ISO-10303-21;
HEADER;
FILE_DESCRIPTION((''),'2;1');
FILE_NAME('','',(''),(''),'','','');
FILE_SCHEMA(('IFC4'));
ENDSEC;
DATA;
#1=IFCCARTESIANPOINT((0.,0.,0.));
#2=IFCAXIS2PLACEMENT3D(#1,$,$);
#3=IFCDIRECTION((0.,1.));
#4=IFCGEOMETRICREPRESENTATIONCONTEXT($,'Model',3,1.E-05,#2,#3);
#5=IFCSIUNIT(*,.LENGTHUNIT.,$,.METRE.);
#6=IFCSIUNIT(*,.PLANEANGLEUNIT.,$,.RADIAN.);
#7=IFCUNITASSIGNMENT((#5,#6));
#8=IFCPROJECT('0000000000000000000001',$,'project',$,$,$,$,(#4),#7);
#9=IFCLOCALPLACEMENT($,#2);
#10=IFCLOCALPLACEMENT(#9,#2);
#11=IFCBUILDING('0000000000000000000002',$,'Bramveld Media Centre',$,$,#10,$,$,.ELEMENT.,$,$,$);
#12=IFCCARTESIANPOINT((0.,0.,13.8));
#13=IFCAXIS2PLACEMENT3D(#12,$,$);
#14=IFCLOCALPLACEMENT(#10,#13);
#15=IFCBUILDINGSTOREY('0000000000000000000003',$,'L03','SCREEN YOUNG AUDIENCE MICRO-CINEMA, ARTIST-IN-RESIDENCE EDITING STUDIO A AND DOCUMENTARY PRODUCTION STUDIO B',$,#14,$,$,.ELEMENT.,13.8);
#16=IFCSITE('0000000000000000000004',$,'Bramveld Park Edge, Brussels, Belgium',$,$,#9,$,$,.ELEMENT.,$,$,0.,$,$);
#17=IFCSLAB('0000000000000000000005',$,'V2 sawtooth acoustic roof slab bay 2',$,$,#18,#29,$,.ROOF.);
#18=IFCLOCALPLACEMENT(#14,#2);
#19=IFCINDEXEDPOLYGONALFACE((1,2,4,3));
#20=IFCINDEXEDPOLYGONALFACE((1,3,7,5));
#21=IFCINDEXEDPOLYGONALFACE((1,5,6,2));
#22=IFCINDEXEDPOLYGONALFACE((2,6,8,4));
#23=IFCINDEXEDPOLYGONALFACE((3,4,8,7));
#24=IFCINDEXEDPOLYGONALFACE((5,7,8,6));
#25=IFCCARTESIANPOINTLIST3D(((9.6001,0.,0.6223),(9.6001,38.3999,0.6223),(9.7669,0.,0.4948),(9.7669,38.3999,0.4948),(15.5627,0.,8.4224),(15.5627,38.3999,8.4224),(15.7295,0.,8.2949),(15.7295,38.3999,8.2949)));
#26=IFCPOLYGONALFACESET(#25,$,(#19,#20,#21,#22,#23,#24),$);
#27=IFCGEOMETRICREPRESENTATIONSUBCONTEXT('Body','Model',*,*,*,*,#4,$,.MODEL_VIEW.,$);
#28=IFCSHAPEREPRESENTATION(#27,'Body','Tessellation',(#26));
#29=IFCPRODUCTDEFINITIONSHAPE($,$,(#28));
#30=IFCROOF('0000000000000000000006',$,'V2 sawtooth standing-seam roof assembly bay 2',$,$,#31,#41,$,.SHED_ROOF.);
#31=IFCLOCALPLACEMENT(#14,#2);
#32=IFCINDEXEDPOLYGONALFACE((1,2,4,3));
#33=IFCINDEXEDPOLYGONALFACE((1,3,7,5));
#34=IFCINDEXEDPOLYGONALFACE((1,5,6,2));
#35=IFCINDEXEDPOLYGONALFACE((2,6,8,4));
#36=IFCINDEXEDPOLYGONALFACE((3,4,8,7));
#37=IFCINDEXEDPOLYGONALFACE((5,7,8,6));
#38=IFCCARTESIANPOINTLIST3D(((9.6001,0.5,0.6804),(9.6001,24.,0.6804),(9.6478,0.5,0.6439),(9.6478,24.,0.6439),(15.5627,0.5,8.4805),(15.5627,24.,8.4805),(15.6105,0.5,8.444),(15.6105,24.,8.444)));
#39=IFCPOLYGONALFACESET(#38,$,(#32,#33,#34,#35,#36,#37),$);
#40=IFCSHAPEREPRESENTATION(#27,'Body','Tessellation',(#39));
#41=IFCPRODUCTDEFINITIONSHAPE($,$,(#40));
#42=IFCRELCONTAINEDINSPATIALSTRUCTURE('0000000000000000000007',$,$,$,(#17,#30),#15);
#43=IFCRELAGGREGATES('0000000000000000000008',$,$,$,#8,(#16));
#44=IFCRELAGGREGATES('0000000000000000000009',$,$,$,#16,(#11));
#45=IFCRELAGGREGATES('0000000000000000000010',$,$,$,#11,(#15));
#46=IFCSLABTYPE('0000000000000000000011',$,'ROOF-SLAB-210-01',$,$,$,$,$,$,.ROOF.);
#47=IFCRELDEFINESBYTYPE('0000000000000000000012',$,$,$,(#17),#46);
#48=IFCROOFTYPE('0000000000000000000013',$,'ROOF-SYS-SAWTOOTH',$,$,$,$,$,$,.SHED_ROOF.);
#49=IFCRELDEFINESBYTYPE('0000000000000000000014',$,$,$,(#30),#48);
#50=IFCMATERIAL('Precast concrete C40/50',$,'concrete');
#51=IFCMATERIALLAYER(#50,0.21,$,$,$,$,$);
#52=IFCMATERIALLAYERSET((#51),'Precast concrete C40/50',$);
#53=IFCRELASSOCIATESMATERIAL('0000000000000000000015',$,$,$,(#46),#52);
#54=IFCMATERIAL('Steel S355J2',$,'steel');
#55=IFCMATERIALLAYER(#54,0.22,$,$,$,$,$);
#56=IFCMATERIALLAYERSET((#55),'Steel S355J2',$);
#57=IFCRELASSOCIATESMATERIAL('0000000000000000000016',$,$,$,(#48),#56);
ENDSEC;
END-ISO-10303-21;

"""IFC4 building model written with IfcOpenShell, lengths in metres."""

from ifc_helpers import new_model, si_unit, direction, frame, origin, place, context, subcontext, project, spatial, polyline, outline, extrude, material, layer, layer_set, type_object, element, save


model = new_model("IFC4")

# Units and contexts
model_context = context("Model", 3, precision=1e-05, world=origin(), true_north=direction((0.0, 1.0)))
body_context = subcontext(model_context, "Body", "Model", "MODEL_VIEW")
ifc_project = project(units=[si_unit("LENGTHUNIT", "METRE"), si_unit("PLANEANGLEUNIT", "RADIAN")], contexts=[model_context])

# Site, building, storey
site_placement = place(None, origin())
site = spatial("IfcSite", under=ifc_project, at=site_placement, Name="Bramveld Park Edge, Brussels, Belgium", CompositionType="ELEMENT", RefElevation=0.0)
building_placement = place(site_placement, origin())
building = spatial("IfcBuilding", under=site, at=building_placement, Name="Bramveld Media Centre", CompositionType="ELEMENT")
storey_placement = place(building_placement, frame((0.0, 0.0, 13.8)))
storey = spatial("IfcBuildingStorey", under=building, at=storey_placement, Name="L03", Description="SCREEN YOUNG AUDIENCE MICRO-CINEMA, ARTIST-IN-RESIDENCE EDITING STUDIO A AND DOCUMENTARY PRODUCTION STUDIO B", CompositionType="ELEMENT", Elevation=13.8)

# Slab
ifc_material_1 = material(Name="Precast concrete C40/50", Category="concrete")
ifc_layer_1 = layer(ifc_material_1, 0.21)
ifc_layer_set_1 = layer_set([ifc_layer_1], Name="Precast concrete C40/50")
slab_type = type_object("IfcSlabType", Name="ROOF-SLAB-210-01", PredefinedType="ROOF", material=ifc_layer_set_1)
slab_placement = place(storey_placement, frame((9.6001, 0.0, 0.6223), z_axis=(-0.794461, 0.0, 0.607315), x_axis=(0.607315, 0.0, 0.794461)))
element("IfcSlab", 1, at=slab_placement, inside=storey, type_object=slab_type, Name="V2 sawtooth acoustic roof slab bay 2", PredefinedType="ROOF", context=body_context, shape_type="SweptSolid", body=[
    extrude(outline(polyline([(0.0, 0.0), (9.818, 0.0), (9.818, 38.3999), (0.0, 38.3999), (0.0, 0.0)])), origin(), (0.0, 0.0, -1.0), 0.21),
])

# Roof
ifc_material_2 = material(Name="Steel S355J2", Category="steel")
ifc_layer_2 = layer(ifc_material_2, 0.22)
ifc_layer_set_2 = layer_set([ifc_layer_2], Name="Steel S355J2")
roof_type = type_object("IfcRoofType", Name="ROOF-SYS-SAWTOOTH", PredefinedType="SHED_ROOF", material=ifc_layer_set_2)
roof_placement = place(storey_placement, frame((9.6001, 0.5, 0.6804), z_axis=(-0.794461, 0.0, 0.607315), x_axis=(0.607315, 0.0, 0.794461)))
element("IfcRoof", 2, at=roof_placement, inside=storey, type_object=roof_type, Name="V2 sawtooth standing-seam roof assembly bay 2", PredefinedType="SHED_ROOF", context=body_context, shape_type="SweptSolid", body=[
    extrude(outline(polyline([(0.0, 0.0), (9.818, 0.0), (9.818, 23.5), (0.0, 23.5), (0.0, 0.0)])), origin(), (0.0, 0.0, -1.0), 0.0601),
])

save(model, "model.ifc")
